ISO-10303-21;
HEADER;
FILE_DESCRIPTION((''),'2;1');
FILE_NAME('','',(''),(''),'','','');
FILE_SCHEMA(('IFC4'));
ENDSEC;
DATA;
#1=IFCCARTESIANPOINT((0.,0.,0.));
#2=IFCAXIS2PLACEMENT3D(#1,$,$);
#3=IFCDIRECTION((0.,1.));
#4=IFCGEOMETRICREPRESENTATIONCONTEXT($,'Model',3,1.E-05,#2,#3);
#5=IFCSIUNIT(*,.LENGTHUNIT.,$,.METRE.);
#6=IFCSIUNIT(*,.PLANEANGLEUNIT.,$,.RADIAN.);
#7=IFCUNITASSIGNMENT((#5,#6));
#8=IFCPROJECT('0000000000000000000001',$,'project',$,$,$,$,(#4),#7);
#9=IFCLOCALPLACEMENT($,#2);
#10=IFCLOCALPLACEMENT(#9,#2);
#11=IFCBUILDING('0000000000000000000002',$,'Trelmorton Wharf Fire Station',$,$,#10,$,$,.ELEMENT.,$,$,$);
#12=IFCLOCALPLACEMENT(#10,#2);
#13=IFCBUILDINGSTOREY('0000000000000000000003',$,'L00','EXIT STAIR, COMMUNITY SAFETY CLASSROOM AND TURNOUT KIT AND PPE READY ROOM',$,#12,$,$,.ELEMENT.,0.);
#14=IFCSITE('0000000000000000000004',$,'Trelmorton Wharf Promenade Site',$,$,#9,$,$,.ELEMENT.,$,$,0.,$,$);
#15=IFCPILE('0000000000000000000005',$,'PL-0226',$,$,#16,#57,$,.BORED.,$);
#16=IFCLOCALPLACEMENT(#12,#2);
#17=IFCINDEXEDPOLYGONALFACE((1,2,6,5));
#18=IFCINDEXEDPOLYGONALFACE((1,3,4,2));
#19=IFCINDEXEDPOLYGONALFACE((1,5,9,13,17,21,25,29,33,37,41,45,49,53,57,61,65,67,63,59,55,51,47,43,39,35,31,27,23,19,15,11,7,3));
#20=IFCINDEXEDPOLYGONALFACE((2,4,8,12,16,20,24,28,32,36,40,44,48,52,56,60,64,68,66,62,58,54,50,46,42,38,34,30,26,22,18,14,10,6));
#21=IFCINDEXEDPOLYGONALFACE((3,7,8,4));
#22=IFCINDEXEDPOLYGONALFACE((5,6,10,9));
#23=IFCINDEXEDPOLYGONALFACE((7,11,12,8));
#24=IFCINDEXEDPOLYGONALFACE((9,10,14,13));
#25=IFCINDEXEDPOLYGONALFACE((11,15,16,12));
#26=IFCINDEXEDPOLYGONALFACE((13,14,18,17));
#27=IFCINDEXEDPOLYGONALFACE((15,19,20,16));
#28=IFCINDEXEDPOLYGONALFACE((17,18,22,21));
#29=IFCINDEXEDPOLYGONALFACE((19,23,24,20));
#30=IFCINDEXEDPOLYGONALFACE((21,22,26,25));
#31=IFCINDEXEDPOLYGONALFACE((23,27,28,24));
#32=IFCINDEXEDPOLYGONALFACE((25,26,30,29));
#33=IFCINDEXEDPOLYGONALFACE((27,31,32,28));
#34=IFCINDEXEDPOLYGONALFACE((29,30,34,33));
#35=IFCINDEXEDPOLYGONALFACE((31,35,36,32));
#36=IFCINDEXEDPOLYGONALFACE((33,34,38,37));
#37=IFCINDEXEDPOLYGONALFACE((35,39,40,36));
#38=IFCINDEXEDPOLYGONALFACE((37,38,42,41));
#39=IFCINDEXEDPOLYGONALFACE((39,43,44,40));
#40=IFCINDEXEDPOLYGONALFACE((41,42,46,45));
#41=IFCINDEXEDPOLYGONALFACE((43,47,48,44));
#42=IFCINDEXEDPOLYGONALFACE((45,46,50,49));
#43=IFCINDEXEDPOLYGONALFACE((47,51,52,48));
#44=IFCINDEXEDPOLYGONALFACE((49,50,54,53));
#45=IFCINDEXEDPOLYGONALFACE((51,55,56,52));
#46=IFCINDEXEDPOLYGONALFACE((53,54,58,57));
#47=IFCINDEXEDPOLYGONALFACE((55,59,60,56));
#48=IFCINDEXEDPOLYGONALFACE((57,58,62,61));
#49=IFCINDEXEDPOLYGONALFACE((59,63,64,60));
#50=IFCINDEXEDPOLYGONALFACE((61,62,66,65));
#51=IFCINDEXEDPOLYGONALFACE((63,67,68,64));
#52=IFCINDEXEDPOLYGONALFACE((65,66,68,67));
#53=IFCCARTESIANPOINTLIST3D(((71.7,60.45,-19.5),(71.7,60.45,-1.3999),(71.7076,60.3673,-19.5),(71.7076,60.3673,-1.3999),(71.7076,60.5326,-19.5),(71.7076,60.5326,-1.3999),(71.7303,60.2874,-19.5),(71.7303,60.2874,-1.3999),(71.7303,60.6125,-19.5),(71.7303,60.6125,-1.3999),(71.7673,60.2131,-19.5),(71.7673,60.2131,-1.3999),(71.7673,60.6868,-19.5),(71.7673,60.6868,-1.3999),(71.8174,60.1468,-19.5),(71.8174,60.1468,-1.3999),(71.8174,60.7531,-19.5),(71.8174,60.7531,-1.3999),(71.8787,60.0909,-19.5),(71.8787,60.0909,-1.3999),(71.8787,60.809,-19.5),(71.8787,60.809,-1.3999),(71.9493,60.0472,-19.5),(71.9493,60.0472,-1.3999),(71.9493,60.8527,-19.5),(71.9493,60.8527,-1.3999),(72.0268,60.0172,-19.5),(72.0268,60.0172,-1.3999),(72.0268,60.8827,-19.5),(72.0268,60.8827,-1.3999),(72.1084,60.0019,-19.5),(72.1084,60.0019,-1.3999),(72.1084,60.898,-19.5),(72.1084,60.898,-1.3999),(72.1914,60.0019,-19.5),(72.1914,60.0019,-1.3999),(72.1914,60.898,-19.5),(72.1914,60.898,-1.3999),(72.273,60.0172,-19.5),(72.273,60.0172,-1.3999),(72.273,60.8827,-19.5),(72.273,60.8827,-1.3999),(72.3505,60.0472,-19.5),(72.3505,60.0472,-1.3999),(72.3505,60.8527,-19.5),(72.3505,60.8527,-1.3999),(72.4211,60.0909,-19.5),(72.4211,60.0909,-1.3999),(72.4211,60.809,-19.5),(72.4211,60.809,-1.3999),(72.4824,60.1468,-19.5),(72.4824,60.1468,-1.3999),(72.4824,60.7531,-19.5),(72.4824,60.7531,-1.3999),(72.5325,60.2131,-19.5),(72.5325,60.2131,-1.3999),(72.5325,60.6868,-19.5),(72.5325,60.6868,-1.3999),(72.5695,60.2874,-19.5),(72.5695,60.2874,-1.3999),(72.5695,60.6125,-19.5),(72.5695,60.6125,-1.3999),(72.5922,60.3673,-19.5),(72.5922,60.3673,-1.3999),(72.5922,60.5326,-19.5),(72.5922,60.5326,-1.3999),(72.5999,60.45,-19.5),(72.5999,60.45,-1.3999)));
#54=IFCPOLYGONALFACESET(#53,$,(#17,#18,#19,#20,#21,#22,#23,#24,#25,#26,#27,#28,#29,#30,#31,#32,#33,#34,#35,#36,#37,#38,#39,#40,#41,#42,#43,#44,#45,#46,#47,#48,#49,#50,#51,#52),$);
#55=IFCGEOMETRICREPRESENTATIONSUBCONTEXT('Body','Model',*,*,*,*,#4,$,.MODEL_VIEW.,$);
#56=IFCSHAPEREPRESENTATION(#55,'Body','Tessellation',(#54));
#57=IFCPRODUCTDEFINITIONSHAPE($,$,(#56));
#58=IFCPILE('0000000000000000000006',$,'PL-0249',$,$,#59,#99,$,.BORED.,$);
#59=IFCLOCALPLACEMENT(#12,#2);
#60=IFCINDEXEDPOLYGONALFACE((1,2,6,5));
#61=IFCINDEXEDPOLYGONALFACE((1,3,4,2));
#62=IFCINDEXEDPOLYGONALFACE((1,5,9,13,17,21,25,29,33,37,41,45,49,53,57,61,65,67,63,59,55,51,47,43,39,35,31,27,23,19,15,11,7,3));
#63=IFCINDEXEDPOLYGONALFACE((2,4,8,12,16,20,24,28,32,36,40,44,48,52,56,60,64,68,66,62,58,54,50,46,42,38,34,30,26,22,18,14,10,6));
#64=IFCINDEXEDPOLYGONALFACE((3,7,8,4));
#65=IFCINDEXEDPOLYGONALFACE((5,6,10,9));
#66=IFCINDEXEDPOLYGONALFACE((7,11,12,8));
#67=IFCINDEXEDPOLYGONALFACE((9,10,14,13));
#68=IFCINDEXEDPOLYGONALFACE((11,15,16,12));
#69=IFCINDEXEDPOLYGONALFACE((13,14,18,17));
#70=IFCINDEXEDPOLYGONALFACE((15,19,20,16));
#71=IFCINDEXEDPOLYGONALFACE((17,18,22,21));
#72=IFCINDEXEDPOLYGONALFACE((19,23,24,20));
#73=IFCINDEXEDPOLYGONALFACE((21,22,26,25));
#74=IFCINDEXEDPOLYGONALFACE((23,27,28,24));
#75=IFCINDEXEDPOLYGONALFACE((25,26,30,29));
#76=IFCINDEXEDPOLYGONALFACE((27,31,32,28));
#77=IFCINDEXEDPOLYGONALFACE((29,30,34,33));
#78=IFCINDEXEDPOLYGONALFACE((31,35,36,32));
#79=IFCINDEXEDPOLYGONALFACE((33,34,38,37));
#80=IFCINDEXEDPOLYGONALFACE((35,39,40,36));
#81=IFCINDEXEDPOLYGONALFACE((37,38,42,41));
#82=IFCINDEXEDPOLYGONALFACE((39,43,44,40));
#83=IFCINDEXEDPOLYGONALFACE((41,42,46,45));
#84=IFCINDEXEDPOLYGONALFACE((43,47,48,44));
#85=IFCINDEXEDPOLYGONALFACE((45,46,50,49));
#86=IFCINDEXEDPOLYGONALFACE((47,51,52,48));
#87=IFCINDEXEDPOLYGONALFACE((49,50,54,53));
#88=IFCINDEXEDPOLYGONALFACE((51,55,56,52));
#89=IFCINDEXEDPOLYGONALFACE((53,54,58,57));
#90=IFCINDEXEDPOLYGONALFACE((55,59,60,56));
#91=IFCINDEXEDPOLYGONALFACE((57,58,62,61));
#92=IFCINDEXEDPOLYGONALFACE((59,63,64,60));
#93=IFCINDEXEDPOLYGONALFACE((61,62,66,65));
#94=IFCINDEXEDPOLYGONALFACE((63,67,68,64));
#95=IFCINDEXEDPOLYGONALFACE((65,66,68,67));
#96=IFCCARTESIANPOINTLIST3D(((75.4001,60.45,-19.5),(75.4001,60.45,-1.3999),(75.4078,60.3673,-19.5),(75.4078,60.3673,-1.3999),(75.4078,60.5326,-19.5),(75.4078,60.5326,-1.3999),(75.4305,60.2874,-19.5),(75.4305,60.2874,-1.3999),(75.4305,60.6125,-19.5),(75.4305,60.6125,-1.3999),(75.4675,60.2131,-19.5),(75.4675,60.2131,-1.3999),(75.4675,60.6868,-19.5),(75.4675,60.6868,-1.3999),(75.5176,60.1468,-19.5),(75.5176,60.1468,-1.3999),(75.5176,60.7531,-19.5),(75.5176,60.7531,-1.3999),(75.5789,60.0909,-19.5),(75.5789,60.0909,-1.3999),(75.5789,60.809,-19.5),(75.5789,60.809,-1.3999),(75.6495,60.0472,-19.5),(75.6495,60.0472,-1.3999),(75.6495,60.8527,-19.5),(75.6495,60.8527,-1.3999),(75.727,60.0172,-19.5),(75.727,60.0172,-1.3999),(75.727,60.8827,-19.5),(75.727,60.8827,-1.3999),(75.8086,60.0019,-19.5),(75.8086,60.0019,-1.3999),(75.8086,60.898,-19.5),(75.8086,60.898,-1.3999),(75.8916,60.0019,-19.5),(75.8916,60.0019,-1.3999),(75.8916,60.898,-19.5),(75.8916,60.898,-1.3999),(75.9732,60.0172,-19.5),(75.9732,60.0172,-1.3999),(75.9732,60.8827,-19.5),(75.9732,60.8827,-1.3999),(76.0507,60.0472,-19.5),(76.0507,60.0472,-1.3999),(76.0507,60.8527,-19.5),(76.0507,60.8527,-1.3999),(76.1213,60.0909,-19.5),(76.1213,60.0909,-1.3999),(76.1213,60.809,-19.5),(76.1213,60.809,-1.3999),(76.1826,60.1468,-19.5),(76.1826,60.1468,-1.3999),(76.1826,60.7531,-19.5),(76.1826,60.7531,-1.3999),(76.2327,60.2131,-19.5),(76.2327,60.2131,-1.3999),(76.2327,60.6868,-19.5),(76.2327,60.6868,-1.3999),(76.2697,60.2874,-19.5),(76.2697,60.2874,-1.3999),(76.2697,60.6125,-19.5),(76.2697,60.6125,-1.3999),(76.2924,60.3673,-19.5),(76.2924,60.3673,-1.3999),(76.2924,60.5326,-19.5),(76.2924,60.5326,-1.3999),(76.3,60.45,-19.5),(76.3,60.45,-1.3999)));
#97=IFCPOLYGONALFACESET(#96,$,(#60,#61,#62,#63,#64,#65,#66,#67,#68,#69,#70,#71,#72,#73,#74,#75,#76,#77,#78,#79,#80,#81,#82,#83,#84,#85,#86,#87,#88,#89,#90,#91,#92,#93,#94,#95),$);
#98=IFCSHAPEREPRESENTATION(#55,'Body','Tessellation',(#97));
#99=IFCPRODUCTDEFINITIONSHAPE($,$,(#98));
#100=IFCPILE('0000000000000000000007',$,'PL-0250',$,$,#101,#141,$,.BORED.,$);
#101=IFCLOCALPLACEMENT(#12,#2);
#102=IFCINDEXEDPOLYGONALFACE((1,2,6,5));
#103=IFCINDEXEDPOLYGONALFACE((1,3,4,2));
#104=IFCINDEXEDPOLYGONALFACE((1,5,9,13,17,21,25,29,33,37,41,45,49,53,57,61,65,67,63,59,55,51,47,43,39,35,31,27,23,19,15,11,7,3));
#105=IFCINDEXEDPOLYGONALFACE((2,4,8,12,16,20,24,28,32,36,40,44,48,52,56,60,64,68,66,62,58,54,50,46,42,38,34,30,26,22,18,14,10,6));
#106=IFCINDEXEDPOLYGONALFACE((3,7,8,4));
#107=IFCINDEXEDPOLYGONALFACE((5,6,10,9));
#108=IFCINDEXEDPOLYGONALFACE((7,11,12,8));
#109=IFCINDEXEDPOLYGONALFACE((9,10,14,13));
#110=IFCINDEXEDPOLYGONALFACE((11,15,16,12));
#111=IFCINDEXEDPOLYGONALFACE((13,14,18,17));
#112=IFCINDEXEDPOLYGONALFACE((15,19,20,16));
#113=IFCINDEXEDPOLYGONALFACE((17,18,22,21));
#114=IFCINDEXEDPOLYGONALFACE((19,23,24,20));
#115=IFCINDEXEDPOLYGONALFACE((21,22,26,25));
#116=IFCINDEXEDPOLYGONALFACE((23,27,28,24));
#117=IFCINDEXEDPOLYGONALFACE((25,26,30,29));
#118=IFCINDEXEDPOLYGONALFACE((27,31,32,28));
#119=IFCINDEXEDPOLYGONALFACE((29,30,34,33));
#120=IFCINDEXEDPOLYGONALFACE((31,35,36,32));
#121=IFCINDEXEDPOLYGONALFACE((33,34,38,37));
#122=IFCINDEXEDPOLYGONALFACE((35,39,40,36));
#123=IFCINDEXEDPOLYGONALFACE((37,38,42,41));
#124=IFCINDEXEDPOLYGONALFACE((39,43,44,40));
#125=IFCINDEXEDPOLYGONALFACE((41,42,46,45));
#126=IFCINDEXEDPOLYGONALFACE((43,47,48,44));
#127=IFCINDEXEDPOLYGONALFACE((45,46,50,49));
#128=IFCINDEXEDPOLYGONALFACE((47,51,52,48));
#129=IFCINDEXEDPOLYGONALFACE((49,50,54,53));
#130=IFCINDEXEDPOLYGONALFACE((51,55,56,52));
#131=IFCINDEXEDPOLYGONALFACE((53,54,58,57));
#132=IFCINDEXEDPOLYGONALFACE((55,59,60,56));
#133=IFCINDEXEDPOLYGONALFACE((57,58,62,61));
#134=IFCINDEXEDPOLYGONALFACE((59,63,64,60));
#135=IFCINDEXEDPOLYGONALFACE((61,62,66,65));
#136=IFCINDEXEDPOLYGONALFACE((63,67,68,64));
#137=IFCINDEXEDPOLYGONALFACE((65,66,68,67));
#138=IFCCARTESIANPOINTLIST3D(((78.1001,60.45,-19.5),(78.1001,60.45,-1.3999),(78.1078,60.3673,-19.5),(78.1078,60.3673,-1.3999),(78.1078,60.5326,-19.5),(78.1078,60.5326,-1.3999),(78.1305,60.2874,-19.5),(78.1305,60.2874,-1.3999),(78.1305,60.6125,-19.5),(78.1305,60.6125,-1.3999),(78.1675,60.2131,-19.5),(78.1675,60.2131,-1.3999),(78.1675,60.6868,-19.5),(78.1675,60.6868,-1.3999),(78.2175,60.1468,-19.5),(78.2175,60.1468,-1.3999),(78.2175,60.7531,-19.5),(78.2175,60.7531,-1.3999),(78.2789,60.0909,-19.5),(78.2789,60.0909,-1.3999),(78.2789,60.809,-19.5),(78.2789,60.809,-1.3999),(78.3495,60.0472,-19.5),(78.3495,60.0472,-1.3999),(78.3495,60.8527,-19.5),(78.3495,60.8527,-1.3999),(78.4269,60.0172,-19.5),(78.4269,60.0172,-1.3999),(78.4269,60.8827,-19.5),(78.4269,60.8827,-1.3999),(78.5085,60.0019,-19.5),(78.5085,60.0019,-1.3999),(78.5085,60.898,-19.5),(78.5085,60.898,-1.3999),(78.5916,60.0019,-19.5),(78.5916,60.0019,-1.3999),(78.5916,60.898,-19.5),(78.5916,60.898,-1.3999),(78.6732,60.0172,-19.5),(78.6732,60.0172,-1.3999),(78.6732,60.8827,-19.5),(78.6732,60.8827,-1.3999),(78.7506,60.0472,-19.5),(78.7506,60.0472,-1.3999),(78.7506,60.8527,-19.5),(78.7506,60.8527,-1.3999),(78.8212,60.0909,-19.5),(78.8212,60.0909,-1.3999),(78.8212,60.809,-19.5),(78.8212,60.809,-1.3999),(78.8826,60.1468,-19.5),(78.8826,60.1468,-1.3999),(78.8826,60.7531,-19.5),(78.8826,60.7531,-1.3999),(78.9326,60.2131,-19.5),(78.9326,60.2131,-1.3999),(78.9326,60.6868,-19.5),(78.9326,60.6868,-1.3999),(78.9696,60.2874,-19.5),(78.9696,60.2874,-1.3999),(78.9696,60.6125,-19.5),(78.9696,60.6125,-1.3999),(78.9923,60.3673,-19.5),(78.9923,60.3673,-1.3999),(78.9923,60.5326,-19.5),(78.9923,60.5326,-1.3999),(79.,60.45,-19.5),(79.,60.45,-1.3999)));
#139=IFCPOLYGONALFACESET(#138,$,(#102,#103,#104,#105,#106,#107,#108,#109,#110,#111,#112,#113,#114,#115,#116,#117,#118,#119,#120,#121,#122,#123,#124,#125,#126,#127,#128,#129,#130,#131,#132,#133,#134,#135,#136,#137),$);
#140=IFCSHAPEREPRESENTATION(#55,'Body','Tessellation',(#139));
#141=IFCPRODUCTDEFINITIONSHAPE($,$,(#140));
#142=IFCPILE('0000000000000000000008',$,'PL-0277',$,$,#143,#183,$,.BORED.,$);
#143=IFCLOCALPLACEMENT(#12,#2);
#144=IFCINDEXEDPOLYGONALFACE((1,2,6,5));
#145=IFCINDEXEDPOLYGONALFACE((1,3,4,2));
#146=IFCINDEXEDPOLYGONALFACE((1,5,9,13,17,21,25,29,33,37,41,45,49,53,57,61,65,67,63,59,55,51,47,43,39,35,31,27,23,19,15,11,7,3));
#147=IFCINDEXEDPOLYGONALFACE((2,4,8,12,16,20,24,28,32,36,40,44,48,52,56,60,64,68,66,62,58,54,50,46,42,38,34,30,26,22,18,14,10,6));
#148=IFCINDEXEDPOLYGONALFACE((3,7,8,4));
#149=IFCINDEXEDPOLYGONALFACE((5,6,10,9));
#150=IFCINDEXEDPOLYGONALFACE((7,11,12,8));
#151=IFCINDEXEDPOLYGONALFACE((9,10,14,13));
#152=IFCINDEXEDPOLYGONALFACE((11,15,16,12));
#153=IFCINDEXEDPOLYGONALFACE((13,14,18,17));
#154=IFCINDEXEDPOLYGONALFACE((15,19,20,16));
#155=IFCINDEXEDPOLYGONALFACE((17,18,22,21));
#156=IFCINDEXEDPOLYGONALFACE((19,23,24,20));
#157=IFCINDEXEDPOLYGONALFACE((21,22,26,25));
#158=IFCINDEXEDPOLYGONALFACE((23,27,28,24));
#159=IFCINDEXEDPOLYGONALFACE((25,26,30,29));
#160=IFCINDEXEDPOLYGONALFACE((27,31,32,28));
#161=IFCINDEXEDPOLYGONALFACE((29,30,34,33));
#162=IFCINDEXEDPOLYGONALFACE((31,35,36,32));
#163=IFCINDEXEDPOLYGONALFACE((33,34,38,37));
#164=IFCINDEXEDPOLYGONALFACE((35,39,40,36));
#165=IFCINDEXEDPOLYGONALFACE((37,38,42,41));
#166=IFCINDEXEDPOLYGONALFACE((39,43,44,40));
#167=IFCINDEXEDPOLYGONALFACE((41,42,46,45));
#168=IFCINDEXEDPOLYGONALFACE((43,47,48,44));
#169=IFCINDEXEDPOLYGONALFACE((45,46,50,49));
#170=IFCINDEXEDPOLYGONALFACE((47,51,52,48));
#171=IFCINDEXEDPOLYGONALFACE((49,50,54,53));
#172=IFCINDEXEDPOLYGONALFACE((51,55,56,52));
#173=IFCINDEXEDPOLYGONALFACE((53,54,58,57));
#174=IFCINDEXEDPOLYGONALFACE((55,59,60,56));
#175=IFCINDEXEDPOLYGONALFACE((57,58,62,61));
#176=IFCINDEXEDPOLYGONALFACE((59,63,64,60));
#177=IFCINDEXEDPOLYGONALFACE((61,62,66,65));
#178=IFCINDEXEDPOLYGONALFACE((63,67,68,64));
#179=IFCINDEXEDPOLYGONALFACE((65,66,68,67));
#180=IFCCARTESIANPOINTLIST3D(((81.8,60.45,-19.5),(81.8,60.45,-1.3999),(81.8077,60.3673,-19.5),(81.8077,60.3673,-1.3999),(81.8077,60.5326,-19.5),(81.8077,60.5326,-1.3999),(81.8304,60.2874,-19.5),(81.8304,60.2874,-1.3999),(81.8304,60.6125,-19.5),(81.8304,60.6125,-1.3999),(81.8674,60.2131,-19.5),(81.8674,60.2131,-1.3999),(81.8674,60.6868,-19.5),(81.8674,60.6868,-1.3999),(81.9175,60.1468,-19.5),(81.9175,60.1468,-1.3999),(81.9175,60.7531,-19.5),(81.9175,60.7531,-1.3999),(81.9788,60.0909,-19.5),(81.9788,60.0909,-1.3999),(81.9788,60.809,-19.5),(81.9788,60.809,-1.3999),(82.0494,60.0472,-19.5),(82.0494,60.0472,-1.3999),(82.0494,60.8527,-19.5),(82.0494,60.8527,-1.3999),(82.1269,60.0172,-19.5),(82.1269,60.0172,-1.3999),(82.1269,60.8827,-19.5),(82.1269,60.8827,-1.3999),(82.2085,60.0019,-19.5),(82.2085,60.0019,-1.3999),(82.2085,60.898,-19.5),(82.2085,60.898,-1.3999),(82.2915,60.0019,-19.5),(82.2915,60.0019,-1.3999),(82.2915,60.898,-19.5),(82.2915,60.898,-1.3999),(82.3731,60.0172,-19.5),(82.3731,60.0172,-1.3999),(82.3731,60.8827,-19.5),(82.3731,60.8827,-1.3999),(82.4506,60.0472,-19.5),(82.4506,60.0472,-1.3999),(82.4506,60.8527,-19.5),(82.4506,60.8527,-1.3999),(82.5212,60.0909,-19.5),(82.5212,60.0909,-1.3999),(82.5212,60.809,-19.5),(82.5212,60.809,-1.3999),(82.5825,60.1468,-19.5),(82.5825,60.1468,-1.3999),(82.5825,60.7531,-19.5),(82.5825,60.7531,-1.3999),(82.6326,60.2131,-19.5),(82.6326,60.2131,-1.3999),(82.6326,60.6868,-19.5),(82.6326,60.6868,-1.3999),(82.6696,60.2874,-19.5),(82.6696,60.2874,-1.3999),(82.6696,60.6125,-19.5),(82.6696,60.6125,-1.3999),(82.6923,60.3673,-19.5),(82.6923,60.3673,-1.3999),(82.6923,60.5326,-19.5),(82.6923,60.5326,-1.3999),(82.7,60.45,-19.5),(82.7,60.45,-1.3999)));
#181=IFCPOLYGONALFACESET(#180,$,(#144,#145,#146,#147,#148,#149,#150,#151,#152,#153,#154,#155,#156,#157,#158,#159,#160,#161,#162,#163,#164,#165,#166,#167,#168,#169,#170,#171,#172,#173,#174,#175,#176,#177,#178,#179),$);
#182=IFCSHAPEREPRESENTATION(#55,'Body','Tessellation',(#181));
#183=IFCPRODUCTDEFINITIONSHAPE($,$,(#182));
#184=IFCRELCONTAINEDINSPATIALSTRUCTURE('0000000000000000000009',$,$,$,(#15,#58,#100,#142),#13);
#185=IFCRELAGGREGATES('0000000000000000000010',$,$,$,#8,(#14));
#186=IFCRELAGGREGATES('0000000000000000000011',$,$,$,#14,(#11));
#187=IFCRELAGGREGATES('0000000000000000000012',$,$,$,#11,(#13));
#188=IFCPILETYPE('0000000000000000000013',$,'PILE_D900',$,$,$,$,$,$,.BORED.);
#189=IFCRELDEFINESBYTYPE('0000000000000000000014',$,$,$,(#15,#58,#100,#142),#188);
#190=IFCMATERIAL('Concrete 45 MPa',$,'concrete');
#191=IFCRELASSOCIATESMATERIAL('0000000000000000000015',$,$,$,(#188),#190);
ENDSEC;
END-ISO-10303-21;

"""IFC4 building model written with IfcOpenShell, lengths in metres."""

from ifc_helpers import new_model, si_unit, direction, frame, origin, origin_2d, place, context, subcontext, project, spatial, circle, extrude, material, material_profile, profile_set, type_object, element, save


model = new_model("IFC4")

# Units and contexts
model_context = context("Model", 3, precision=1e-05, world=origin(), true_north=direction((0.0, 1.0)))
body_context = subcontext(model_context, "Body", "Model", "MODEL_VIEW")
ifc_project = project(units=[si_unit("LENGTHUNIT", "METRE"), si_unit("PLANEANGLEUNIT", "RADIAN")], contexts=[model_context])

# Site, building, storey
site_placement = place(None, origin())
site = spatial("IfcSite", under=ifc_project, at=site_placement, Name="Trelmorton Wharf Promenade Site", CompositionType="ELEMENT", RefElevation=0.0)
building_placement = place(site_placement, origin())
building = spatial("IfcBuilding", under=site, at=building_placement, Name="Trelmorton Wharf Fire Station", CompositionType="ELEMENT")
storey_placement = place(building_placement, origin())
storey = spatial("IfcBuildingStorey", under=building, at=storey_placement, Name="L00", Description="EXIT STAIR, COMMUNITY SAFETY CLASSROOM AND TURNOUT KIT AND PPE READY ROOM", CompositionType="ELEMENT", Elevation=0.0)

# Piles
ifc_material_1 = material(Name="Concrete 45 MPa", Category="concrete")
ifc_material_profile_1 = material_profile(ifc_material_1, circle(Radius=0.45, at=origin_2d()), Name="PILE-D900")
ifc_profile_set_1 = profile_set([ifc_material_profile_1], Name="Concrete 45 MPa")
pile_type = type_object("IfcPileType", Name="PILE_D900", PredefinedType="BORED", material=ifc_profile_set_1)
for number, where, z_axis, x_axis, name in (
    (1, (72.1499, 60.45, -1.3999), (0.0, 0.0, -1.0), (1.0, 0.0, 0.0), "PL-0226"),
    (2, (75.8501, 60.45, -1.3999), (0.0, 0.0, -1.0), (1.0, 0.0, 0.0), "PL-0249"),
    (3, (78.55, 60.45, -1.3999), (0.0, 0.0, -1.0), (1.0, 0.0, 0.0), "PL-0250"),
    (4, (82.25, 60.45, -1.3999), (0.0, 0.0, -1.0), (1.0, 0.0, 0.0), "PL-0277"),
):
    element("IfcPile", number, at=place(storey_placement, frame(where, z_axis=z_axis, x_axis=x_axis)), inside=storey, type_object=pile_type, Name=name, PredefinedType="BORED", context=body_context, shape_type="SweptSolid", body=[
        extrude(circle(Radius=0.45, at=origin_2d()), origin(), (0.0, 0.0, 1.0), 18.1001),
    ])

save(model, "model.ifc")
